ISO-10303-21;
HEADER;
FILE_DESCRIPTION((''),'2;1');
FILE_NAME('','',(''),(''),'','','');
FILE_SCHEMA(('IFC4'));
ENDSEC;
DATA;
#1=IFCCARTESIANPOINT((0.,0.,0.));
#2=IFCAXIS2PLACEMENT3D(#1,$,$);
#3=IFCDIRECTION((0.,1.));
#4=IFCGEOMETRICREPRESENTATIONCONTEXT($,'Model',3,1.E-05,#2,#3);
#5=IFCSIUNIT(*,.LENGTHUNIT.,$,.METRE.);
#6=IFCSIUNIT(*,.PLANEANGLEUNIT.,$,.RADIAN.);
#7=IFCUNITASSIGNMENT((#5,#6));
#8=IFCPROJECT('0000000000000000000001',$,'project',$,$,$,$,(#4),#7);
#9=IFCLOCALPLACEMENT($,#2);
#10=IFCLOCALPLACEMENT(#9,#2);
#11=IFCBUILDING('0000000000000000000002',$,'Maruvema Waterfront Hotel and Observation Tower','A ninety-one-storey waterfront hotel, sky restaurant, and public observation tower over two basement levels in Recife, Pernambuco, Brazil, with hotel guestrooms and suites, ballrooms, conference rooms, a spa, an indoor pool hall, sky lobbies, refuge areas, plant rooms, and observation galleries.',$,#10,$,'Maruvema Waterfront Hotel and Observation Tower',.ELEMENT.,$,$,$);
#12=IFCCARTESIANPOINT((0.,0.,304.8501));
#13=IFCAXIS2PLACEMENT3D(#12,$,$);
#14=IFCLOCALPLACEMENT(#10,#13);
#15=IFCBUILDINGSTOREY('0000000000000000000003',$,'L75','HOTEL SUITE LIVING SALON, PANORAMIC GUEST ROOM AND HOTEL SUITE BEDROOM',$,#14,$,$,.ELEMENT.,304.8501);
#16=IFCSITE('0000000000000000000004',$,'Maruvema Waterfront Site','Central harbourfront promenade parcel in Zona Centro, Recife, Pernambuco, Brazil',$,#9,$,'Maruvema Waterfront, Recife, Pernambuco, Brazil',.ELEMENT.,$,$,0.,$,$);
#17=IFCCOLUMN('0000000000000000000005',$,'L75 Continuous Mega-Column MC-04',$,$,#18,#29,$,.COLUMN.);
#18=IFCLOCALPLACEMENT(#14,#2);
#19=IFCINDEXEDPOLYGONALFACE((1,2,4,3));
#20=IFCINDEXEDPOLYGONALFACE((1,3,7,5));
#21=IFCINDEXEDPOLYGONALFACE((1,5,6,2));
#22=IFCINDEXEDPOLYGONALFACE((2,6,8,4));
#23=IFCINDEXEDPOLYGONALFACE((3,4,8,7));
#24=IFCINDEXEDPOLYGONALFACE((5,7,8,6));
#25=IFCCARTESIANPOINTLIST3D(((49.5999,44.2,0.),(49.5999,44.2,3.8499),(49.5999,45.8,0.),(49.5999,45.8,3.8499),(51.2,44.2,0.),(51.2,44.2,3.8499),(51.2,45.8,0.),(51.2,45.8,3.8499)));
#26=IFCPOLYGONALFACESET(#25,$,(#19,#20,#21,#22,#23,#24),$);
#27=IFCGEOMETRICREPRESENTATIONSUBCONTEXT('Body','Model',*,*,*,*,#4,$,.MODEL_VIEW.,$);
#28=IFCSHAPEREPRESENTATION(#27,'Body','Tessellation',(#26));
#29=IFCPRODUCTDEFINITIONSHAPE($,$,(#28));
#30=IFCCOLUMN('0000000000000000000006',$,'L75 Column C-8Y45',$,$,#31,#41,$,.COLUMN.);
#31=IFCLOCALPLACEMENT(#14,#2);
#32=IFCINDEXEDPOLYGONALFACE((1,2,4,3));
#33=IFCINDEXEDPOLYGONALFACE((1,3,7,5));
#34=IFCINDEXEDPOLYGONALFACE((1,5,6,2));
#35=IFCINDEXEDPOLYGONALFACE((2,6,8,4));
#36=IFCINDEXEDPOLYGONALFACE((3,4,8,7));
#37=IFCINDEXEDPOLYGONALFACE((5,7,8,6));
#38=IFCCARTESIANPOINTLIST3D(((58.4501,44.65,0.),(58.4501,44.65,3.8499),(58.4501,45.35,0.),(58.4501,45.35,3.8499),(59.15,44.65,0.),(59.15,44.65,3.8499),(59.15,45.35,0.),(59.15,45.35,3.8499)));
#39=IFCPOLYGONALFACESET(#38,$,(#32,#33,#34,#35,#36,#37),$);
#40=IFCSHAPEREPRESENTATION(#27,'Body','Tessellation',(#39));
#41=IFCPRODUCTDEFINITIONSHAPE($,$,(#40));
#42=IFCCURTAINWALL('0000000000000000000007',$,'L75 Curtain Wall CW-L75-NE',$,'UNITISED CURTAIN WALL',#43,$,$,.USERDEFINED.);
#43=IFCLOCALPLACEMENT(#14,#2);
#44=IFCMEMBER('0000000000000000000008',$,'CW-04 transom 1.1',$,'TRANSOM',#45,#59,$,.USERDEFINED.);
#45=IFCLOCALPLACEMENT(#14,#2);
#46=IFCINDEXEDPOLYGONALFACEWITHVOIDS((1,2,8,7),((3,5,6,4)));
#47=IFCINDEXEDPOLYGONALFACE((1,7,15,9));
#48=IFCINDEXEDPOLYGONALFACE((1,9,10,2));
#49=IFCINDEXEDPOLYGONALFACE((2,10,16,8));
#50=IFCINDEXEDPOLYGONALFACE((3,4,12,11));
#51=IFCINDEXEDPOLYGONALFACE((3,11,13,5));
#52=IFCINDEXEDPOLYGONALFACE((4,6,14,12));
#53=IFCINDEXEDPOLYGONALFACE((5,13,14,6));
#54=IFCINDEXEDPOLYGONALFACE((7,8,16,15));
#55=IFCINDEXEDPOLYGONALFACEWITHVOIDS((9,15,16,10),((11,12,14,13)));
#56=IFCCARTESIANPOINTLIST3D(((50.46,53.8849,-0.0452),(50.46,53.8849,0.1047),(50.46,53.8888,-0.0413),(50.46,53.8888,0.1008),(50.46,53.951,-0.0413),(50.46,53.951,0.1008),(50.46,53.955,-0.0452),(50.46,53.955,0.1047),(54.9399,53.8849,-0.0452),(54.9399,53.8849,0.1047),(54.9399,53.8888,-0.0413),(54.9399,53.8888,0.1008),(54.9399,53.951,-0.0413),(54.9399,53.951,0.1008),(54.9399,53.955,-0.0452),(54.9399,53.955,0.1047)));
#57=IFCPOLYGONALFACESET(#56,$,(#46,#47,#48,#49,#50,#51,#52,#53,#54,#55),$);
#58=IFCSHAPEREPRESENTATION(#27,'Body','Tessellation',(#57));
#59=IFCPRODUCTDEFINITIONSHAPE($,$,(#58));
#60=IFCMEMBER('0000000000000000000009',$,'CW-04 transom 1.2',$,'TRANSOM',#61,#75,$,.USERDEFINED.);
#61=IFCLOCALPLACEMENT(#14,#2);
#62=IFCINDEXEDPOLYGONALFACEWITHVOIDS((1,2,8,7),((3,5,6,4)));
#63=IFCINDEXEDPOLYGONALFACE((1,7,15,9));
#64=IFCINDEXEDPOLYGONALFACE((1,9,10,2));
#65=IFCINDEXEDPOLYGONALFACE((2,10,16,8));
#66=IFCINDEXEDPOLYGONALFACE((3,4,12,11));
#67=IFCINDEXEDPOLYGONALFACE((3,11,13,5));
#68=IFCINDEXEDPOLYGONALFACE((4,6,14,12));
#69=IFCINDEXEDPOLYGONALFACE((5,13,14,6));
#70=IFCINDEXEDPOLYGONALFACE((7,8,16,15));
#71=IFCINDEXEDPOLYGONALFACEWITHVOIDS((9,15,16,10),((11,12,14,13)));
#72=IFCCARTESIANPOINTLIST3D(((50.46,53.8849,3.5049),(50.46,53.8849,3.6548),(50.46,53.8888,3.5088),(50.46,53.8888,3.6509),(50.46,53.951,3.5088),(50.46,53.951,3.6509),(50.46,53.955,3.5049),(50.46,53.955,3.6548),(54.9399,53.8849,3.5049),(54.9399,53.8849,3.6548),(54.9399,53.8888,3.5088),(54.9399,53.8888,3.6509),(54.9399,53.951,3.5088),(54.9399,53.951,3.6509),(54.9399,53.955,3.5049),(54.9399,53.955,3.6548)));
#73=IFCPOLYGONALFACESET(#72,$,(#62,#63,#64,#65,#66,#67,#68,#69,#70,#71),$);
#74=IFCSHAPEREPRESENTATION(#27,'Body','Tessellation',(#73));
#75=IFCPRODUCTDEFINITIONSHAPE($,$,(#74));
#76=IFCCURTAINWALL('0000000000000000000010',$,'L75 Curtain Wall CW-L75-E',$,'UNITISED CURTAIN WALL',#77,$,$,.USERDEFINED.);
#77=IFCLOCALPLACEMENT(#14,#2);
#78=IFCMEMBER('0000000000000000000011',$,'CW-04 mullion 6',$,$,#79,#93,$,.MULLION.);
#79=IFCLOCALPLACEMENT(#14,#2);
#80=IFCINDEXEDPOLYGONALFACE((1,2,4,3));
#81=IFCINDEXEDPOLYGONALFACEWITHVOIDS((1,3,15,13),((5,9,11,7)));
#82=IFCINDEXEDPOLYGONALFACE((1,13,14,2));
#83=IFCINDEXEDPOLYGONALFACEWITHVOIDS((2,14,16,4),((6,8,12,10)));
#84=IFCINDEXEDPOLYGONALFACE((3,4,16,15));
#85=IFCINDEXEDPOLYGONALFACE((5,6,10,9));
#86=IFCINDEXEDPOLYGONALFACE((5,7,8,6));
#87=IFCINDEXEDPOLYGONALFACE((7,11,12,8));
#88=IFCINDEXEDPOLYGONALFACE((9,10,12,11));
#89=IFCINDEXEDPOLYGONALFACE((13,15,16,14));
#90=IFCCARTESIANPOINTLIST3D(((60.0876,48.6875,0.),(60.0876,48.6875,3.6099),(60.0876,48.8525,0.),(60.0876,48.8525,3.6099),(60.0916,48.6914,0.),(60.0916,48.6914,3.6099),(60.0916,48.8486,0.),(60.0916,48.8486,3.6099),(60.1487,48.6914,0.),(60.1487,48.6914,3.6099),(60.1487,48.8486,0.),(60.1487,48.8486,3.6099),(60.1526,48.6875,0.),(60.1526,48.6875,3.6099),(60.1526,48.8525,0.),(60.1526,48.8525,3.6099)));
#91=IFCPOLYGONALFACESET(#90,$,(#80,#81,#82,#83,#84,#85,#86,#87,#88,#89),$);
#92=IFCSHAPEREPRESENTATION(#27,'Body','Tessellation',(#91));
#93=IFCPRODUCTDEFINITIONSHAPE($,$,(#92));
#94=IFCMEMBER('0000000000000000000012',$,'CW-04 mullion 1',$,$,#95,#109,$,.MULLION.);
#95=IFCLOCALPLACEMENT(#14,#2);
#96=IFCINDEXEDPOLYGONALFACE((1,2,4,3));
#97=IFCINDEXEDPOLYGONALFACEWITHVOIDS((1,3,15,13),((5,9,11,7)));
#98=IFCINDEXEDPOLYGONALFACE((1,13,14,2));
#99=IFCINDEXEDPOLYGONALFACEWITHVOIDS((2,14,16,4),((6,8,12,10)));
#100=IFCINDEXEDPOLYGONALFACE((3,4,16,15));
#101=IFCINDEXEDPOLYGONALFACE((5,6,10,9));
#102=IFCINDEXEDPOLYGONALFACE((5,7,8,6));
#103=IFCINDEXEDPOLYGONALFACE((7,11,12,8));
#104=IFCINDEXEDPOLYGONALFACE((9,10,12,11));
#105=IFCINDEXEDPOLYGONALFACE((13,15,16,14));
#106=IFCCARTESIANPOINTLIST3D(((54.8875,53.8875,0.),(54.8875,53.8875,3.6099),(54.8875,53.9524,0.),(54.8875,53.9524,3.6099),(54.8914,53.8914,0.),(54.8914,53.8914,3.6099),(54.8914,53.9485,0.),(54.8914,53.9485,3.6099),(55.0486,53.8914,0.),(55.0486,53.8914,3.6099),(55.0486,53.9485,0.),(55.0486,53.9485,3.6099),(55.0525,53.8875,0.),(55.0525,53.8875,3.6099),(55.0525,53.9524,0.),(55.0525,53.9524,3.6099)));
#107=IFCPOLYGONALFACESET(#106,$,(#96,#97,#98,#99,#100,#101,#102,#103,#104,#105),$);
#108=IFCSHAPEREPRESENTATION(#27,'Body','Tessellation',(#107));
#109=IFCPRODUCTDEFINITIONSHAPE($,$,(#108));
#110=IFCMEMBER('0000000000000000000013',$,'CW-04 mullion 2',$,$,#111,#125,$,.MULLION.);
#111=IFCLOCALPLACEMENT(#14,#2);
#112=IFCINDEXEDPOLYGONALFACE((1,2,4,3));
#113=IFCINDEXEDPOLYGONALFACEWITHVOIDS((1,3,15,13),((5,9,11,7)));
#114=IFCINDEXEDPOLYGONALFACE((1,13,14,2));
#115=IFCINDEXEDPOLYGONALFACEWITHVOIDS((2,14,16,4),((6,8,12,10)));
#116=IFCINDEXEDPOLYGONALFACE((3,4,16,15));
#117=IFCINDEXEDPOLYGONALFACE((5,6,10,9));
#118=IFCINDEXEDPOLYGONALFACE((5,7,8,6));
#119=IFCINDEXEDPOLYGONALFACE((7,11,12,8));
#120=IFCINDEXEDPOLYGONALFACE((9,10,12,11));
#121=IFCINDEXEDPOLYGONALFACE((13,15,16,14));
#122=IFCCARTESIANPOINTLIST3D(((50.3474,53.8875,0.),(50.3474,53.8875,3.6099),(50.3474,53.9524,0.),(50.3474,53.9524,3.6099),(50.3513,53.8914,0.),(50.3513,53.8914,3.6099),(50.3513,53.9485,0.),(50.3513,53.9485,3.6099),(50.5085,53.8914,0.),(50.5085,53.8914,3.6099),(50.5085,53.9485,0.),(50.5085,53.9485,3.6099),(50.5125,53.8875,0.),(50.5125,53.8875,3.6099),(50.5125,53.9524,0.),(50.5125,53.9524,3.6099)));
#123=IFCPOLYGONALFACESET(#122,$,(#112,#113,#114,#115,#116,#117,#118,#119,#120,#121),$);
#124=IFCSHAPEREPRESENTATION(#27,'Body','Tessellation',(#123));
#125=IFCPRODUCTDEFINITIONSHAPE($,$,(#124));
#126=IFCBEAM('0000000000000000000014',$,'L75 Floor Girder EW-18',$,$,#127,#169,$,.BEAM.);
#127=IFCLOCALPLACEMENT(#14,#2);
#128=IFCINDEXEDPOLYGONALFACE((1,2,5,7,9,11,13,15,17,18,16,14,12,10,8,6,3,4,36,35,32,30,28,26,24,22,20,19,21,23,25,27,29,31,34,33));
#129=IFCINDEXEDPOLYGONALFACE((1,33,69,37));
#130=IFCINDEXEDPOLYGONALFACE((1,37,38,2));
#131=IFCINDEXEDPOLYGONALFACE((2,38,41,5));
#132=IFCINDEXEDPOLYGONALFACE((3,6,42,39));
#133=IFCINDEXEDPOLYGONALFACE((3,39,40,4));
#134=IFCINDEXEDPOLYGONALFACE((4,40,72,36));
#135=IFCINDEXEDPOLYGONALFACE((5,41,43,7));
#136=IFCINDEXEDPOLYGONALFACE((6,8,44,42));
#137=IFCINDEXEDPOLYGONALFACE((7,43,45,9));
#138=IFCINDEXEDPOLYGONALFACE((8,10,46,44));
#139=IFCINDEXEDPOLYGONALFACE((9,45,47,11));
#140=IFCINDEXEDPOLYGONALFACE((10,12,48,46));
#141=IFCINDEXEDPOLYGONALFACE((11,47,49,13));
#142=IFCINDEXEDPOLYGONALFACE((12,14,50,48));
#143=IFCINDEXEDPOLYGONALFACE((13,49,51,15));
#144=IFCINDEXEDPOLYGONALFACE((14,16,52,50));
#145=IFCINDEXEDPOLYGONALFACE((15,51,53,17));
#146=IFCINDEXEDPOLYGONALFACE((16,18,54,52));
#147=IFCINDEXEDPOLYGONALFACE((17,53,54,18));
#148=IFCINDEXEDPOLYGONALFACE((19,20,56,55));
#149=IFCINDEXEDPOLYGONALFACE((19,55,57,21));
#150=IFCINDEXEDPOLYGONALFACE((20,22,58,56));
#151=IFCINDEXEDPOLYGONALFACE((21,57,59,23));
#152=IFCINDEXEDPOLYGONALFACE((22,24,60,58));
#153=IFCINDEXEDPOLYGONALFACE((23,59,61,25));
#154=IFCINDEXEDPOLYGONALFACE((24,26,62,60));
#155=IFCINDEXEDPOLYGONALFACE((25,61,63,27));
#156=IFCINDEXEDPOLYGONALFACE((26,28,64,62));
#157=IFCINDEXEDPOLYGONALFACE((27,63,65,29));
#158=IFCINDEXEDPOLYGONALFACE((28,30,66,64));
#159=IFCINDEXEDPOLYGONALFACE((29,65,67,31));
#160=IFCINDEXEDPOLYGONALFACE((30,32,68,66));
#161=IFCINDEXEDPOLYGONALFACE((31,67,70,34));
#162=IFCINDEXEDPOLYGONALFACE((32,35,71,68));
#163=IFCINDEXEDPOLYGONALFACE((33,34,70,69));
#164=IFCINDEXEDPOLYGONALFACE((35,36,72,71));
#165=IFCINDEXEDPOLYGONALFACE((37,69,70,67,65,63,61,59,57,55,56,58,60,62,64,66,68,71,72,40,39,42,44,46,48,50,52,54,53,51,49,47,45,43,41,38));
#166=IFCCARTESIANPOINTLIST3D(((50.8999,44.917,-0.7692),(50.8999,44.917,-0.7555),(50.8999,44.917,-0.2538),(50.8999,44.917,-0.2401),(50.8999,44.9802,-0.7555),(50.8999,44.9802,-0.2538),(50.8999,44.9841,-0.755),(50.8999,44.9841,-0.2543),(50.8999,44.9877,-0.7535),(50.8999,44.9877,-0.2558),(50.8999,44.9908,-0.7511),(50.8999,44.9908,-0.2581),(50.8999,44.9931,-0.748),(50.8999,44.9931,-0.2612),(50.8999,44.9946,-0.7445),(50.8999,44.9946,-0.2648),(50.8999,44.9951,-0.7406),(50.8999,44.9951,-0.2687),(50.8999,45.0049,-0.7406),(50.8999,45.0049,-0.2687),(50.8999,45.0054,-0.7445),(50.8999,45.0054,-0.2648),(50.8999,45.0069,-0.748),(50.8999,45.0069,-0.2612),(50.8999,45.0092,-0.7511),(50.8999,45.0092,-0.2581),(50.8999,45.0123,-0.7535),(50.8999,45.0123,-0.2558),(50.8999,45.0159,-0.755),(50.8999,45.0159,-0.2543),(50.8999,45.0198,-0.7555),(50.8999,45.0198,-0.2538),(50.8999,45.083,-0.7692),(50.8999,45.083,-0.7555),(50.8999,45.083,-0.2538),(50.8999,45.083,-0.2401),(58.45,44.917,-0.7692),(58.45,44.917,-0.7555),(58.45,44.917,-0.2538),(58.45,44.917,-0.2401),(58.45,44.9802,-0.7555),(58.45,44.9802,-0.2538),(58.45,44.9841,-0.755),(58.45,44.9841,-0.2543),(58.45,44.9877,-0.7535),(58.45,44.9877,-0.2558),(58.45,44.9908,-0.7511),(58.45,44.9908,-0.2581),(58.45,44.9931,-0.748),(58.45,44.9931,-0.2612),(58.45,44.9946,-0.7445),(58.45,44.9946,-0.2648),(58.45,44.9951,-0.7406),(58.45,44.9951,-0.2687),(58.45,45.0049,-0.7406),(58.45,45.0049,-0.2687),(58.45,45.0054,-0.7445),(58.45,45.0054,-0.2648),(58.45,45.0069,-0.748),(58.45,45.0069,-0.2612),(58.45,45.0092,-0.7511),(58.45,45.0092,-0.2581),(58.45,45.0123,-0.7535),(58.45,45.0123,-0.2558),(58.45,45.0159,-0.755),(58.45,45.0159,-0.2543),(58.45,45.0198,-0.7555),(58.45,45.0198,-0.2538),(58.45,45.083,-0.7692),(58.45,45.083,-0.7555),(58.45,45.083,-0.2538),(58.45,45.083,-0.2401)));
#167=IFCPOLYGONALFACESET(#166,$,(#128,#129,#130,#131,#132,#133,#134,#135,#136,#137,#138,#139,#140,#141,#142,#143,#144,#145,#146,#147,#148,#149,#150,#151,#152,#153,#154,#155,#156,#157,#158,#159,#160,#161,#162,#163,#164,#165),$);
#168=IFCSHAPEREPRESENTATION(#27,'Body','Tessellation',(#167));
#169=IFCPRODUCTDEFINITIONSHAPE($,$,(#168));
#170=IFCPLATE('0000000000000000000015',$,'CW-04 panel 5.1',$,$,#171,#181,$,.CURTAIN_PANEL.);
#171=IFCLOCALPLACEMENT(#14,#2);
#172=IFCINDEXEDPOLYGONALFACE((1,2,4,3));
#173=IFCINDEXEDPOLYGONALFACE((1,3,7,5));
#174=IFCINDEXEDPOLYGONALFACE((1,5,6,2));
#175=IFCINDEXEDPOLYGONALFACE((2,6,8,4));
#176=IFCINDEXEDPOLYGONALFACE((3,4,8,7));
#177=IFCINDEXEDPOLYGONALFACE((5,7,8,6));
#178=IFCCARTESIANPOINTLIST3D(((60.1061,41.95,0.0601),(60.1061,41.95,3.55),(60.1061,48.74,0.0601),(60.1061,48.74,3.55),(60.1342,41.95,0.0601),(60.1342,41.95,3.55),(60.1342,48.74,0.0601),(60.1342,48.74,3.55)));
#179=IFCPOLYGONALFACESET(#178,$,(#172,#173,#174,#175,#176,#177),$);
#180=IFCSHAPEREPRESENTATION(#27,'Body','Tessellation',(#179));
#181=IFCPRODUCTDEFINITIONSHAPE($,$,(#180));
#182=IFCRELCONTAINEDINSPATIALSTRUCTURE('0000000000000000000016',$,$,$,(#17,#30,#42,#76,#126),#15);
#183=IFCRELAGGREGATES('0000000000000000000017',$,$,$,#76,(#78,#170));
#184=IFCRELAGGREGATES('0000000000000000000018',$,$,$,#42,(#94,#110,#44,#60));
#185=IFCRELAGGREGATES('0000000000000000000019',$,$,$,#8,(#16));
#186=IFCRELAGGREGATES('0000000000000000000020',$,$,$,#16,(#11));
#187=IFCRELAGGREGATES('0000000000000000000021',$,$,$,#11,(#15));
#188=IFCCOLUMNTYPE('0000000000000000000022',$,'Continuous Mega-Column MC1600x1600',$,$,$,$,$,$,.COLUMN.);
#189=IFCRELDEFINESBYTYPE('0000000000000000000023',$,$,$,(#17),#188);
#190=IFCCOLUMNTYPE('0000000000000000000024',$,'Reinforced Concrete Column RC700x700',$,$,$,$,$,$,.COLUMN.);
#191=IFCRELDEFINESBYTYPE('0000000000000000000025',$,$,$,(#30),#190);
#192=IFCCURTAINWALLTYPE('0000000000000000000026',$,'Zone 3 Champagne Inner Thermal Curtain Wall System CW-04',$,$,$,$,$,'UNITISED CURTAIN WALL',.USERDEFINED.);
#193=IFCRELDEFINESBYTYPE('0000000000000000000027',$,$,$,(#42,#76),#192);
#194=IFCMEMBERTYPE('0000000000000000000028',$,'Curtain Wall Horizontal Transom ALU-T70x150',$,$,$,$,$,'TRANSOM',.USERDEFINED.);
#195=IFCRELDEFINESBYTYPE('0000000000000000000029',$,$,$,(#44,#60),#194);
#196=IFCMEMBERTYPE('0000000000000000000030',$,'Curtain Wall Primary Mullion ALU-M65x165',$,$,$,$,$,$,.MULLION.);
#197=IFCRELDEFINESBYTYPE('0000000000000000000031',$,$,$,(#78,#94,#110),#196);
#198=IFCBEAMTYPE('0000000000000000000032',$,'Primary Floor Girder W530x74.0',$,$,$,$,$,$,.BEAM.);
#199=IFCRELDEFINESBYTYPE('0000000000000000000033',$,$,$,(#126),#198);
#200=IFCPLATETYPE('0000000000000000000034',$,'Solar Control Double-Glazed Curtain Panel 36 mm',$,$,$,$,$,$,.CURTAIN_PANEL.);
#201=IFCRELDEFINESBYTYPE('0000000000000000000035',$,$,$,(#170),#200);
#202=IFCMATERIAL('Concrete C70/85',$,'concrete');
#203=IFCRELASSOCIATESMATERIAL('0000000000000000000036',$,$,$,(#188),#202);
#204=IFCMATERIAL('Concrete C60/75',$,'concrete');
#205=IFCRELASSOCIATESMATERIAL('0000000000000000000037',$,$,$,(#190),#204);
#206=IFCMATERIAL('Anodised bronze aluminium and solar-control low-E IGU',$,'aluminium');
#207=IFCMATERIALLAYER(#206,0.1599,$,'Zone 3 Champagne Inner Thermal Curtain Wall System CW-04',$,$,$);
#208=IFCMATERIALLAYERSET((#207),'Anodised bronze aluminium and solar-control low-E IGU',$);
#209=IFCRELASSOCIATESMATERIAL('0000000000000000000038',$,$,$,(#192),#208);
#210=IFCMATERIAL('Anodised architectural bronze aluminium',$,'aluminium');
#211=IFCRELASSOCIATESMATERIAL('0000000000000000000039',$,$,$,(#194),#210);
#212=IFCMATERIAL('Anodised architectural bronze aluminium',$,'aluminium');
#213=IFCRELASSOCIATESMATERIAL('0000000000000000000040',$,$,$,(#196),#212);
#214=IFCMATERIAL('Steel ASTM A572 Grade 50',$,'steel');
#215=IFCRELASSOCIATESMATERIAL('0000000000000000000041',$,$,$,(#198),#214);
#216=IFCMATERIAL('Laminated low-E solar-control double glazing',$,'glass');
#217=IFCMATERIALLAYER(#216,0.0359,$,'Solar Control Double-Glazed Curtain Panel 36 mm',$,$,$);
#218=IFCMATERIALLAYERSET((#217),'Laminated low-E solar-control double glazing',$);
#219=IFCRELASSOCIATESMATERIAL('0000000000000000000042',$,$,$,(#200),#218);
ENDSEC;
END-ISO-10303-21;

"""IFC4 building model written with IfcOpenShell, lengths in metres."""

from ifc_helpers import new_model, si_unit, direction, frame, origin, origin_2d, place, context, subcontext, project, spatial, rectangle, hollow_rectangle, i_section, extrude, material, layer, layer_set, material_profile, profile_set, type_object, element, aggregate, save


model = new_model("IFC4")

# Units and contexts
model_context = context("Model", 3, precision=1e-05, world=origin(), true_north=direction((0.0, 1.0)))
body_context = subcontext(model_context, "Body", "Model", "MODEL_VIEW")
ifc_project = project(units=[si_unit("LENGTHUNIT", "METRE"), si_unit("PLANEANGLEUNIT", "RADIAN")], contexts=[model_context])

# Site, building, storey
site_placement = place(None, origin())
site = spatial("IfcSite", under=ifc_project, at=site_placement, Name="Maruvema Waterfront Site", Description="Central harbourfront promenade parcel in Zona Centro, Recife, Pernambuco, Brazil", LongName="Maruvema Waterfront, Recife, Pernambuco, Brazil", CompositionType="ELEMENT", RefElevation=0.0)
building_placement = place(site_placement, origin())
building = spatial("IfcBuilding", under=site, at=building_placement, Name="Maruvema Waterfront Hotel and Observation Tower", Description="A ninety-one-storey waterfront hotel, sky restaurant, and public observation tower over two basement levels in Recife, Pernambuco, Brazil, with hotel guestrooms and suites, ballrooms, conference rooms, a spa, an indoor pool hall, sky lobbies, refuge areas, plant rooms, and observation galleries.", LongName="Maruvema Waterfront Hotel and Observation Tower", CompositionType="ELEMENT")
storey_placement = place(building_placement, frame((0.0, 0.0, 304.8501)))
storey = spatial("IfcBuildingStorey", under=building, at=storey_placement, Name="L75", Description="HOTEL SUITE LIVING SALON, PANORAMIC GUEST ROOM AND HOTEL SUITE BEDROOM", CompositionType="ELEMENT", Elevation=304.8501)

# Columns
ifc_material_1 = material(Name="Concrete C70/85", Category="concrete")
ifc_material_profile_1 = material_profile(ifc_material_1, rectangle(XDim=1.6001, YDim=1.6001, at=origin_2d()), Name="MC1600x1600")
ifc_profile_set_1 = profile_set([ifc_material_profile_1], Name="Concrete C70/85")
column_type_1 = type_object("IfcColumnType", Name="Continuous Mega-Column MC1600x1600", PredefinedType="COLUMN", material=ifc_profile_set_1)
column_1_placement = place(storey_placement, frame((50.3999, 45.0, 0.0), z_axis=(0.0, 0.0, 1.0), x_axis=(1.0, 0.0, 0.0)))
element("IfcColumn", 1, at=column_1_placement, inside=storey, type_object=column_type_1, Name="L75 Continuous Mega-Column MC-04", PredefinedType="COLUMN", context=body_context, shape_type="SweptSolid", body=[
    extrude(rectangle(XDim=1.6001, YDim=1.6001, at=origin_2d()), origin(), (0.0, 0.0, 1.0), 3.8499),
])
ifc_material_2 = material(Name="Concrete C60/75", Category="concrete")
ifc_material_profile_2 = material_profile(ifc_material_2, rectangle(XDim=0.7, YDim=0.7, at=origin_2d()), Name="RC700x700")
ifc_profile_set_2 = profile_set([ifc_material_profile_2], Name="Concrete C60/75")
column_type_2 = type_object("IfcColumnType", Name="Reinforced Concrete Column RC700x700", PredefinedType="COLUMN", material=ifc_profile_set_2)
column_2_placement = place(storey_placement, frame((58.8, 45.0, 0.0), z_axis=(0.0, 0.0, 1.0), x_axis=(1.0, 0.0, 0.0)))
element("IfcColumn", 2, at=column_2_placement, inside=storey, type_object=column_type_2, Name="L75 Column C-8Y45", PredefinedType="COLUMN", context=body_context, shape_type="SweptSolid", body=[
    extrude(rectangle(XDim=0.7, YDim=0.7, at=origin_2d()), origin(), (0.0, 0.0, 1.0), 3.8499),
])

# Curtain wall, members
ifc_material_3 = material(Name="Anodised bronze aluminium and solar-control low-E IGU", Category="aluminium")
ifc_layer_1 = layer(ifc_material_3, 0.1599, Name="Zone 3 Champagne Inner Thermal Curtain Wall System CW-04")
ifc_layer_set_1 = layer_set([ifc_layer_1], Name="Anodised bronze aluminium and solar-control low-E IGU")
curtain_wall_type = type_object("IfcCurtainWallType", Name="Zone 3 Champagne Inner Thermal Curtain Wall System CW-04", ElementType="UNITISED CURTAIN WALL", PredefinedType="USERDEFINED", material=ifc_layer_set_1)
curtain_wall_1_placement = place(storey_placement, origin())
curtain_wall_1 = element("IfcCurtainWall", 3, at=curtain_wall_1_placement, inside=storey, type_object=curtain_wall_type, Name="L75 Curtain Wall CW-L75-NE", ObjectType="UNITISED CURTAIN WALL", PredefinedType="USERDEFINED")
ifc_material_4 = material(Name="Anodised architectural bronze aluminium", Category="aluminium")
ifc_material_profile_3 = material_profile(ifc_material_4, hollow_rectangle(XDim=0.0701, YDim=0.1499, WallThickness=0.0039, at=origin_2d()), Name="ALU-T70x150")
ifc_profile_set_3 = profile_set([ifc_material_profile_3], Name="Anodised architectural bronze aluminium")
member_type_1 = type_object("IfcMemberType", Name="Curtain Wall Horizontal Transom ALU-T70x150", ElementType="TRANSOM", PredefinedType="USERDEFINED", material=ifc_profile_set_3)
member_1_placement = place(storey_placement, frame((54.9399, 53.9199, 0.0298), z_axis=(-1.0, 0.0, 0.0), x_axis=(0.0, -1.0, 0.0)))
member_1 = element("IfcMember", 4, at=member_1_placement, type_object=member_type_1, Name="CW-04 transom 1.1", ObjectType="TRANSOM", PredefinedType="USERDEFINED", context=body_context, shape_type="SweptSolid", body=[
    extrude(hollow_rectangle(XDim=0.0701, YDim=0.1499, WallThickness=0.0039, at=origin_2d()), origin(), (0.0, 0.0, 1.0), 4.48),
])
member_2_placement = place(storey_placement, frame((54.9399, 53.9199, 3.5798), z_axis=(-1.0, 0.0, 0.0), x_axis=(0.0, -1.0, 0.0)))
member_2 = element("IfcMember", 5, at=member_2_placement, type_object=member_type_1, Name="CW-04 transom 1.2", ObjectType="TRANSOM", PredefinedType="USERDEFINED", context=body_context, shape_type="SweptSolid", body=[
    extrude(hollow_rectangle(XDim=0.0701, YDim=0.1499, WallThickness=0.0039, at=origin_2d()), origin(), (0.0, 0.0, 1.0), 4.48),
])

# Curtain wall, member
curtain_wall_2_placement = place(storey_placement, origin())
curtain_wall_2 = element("IfcCurtainWall", 6, at=curtain_wall_2_placement, inside=storey, type_object=curtain_wall_type, Name="L75 Curtain Wall CW-L75-E", ObjectType="UNITISED CURTAIN WALL", PredefinedType="USERDEFINED")
ifc_material_5 = material(Name="Anodised architectural bronze aluminium", Category="aluminium")
ifc_material_profile_4 = material_profile(ifc_material_5, hollow_rectangle(XDim=0.0649, YDim=0.165, WallThickness=0.0039, at=origin_2d()), Name="ALU-M65x165")
ifc_profile_set_4 = profile_set([ifc_material_profile_4], Name="Anodised architectural bronze aluminium")
member_type_2 = type_object("IfcMemberType", Name="Curtain Wall Primary Mullion ALU-M65x165", PredefinedType="MULLION", material=ifc_profile_set_4)
member_3_placement = place(storey_placement, frame((60.1201, 48.77, 0.0), z_axis=(0.0, 0.0, 1.0), x_axis=(-1.0, 0.0, 0.0)))
member_3 = element("IfcMember", 7, at=member_3_placement, type_object=member_type_2, Name="CW-04 mullion 6", PredefinedType="MULLION", context=body_context, shape_type="SweptSolid", body=[
    extrude(hollow_rectangle(XDim=0.0649, YDim=0.165, WallThickness=0.0039, at=origin_2d()), origin(), (0.0, 0.0, 1.0), 3.6099),
])

# Members
member_4_placement = place(storey_placement, frame((54.97, 53.9199, 0.0), z_axis=(0.0, 0.0, 1.0), x_axis=(0.0, -1.0, 0.0)))
member_4 = element("IfcMember", 8, at=member_4_placement, type_object=member_type_2, Name="CW-04 mullion 1", PredefinedType="MULLION", context=body_context, shape_type="SweptSolid", body=[
    extrude(hollow_rectangle(XDim=0.0649, YDim=0.165, WallThickness=0.0039, at=origin_2d()), origin(), (0.0, 0.0, 1.0), 3.6099),
])
member_5_placement = place(storey_placement, frame((50.4299, 53.9199, 0.0), z_axis=(0.0, 0.0, 1.0), x_axis=(0.0, -1.0, 0.0)))
member_5 = element("IfcMember", 9, at=member_5_placement, type_object=member_type_2, Name="CW-04 mullion 2", PredefinedType="MULLION", context=body_context, shape_type="SweptSolid", body=[
    extrude(hollow_rectangle(XDim=0.0649, YDim=0.165, WallThickness=0.0039, at=origin_2d()), origin(), (0.0, 0.0, 1.0), 3.6099),
])

# Beam
ifc_material_6 = material(Name="Steel ASTM A572 Grade 50", Category="steel")
ifc_material_profile_5 = material_profile(ifc_material_6, i_section(OverallWidth=0.166, OverallDepth=0.5291, WebThickness=0.0098, FlangeThickness=0.0137, FilletRadius=0.0149, at=origin_2d()), Name="W530x74.0")
ifc_profile_set_5 = profile_set([ifc_material_profile_5], Name="Steel ASTM A572 Grade 50")
beam_type = type_object("IfcBeamType", Name="Primary Floor Girder W530x74.0", PredefinedType="BEAM", material=ifc_profile_set_5)
beam_placement = place(storey_placement, frame((50.8999, 45.0, -0.5046), z_axis=(1.0, 0.0, 0.0), x_axis=(0.0, 1.0, 0.0)))
element("IfcBeam", 10, at=beam_placement, inside=storey, type_object=beam_type, Name="L75 Floor Girder EW-18", PredefinedType="BEAM", context=body_context, shape_type="SweptSolid", body=[
    extrude(i_section(OverallWidth=0.166, OverallDepth=0.5291, WebThickness=0.0098, FlangeThickness=0.0137, FilletRadius=0.0149, at=origin_2d()), origin(), (0.0, 0.0, 1.0), 7.55),
])

# Plate
ifc_material_7 = material(Name="Laminated low-E solar-control double glazing", Category="glass")
ifc_layer_2 = layer(ifc_material_7, 0.0359, Name="Solar Control Double-Glazed Curtain Panel 36 mm")
ifc_layer_set_2 = layer_set([ifc_layer_2], Name="Laminated low-E solar-control double glazing")
plate_type = type_object("IfcPlateType", Name="Solar Control Double-Glazed Curtain Panel 36 mm", PredefinedType="CURTAIN_PANEL", material=ifc_layer_set_2)
plate_1_placement = place(storey_placement, frame((60.1201, 45.345, 0.0601), z_axis=(0.0, 0.0, 1.0), x_axis=(0.0, 1.0, 0.0)))
plate_1 = element("IfcPlate", 11, at=plate_1_placement, type_object=plate_type, Name="CW-04 panel 5.1", PredefinedType="CURTAIN_PANEL", context=body_context, shape_type="SweptSolid", body=[
    extrude(rectangle(XDim=6.79, YDim=0.0281, at=origin_2d()), origin(), (0.0, 0.0, 1.0), 3.49),
])
aggregate(curtain_wall_2, [member_3, plate_1])
aggregate(curtain_wall_1, [member_4, member_5, member_1, member_2])

save(model, "model.ifc")
